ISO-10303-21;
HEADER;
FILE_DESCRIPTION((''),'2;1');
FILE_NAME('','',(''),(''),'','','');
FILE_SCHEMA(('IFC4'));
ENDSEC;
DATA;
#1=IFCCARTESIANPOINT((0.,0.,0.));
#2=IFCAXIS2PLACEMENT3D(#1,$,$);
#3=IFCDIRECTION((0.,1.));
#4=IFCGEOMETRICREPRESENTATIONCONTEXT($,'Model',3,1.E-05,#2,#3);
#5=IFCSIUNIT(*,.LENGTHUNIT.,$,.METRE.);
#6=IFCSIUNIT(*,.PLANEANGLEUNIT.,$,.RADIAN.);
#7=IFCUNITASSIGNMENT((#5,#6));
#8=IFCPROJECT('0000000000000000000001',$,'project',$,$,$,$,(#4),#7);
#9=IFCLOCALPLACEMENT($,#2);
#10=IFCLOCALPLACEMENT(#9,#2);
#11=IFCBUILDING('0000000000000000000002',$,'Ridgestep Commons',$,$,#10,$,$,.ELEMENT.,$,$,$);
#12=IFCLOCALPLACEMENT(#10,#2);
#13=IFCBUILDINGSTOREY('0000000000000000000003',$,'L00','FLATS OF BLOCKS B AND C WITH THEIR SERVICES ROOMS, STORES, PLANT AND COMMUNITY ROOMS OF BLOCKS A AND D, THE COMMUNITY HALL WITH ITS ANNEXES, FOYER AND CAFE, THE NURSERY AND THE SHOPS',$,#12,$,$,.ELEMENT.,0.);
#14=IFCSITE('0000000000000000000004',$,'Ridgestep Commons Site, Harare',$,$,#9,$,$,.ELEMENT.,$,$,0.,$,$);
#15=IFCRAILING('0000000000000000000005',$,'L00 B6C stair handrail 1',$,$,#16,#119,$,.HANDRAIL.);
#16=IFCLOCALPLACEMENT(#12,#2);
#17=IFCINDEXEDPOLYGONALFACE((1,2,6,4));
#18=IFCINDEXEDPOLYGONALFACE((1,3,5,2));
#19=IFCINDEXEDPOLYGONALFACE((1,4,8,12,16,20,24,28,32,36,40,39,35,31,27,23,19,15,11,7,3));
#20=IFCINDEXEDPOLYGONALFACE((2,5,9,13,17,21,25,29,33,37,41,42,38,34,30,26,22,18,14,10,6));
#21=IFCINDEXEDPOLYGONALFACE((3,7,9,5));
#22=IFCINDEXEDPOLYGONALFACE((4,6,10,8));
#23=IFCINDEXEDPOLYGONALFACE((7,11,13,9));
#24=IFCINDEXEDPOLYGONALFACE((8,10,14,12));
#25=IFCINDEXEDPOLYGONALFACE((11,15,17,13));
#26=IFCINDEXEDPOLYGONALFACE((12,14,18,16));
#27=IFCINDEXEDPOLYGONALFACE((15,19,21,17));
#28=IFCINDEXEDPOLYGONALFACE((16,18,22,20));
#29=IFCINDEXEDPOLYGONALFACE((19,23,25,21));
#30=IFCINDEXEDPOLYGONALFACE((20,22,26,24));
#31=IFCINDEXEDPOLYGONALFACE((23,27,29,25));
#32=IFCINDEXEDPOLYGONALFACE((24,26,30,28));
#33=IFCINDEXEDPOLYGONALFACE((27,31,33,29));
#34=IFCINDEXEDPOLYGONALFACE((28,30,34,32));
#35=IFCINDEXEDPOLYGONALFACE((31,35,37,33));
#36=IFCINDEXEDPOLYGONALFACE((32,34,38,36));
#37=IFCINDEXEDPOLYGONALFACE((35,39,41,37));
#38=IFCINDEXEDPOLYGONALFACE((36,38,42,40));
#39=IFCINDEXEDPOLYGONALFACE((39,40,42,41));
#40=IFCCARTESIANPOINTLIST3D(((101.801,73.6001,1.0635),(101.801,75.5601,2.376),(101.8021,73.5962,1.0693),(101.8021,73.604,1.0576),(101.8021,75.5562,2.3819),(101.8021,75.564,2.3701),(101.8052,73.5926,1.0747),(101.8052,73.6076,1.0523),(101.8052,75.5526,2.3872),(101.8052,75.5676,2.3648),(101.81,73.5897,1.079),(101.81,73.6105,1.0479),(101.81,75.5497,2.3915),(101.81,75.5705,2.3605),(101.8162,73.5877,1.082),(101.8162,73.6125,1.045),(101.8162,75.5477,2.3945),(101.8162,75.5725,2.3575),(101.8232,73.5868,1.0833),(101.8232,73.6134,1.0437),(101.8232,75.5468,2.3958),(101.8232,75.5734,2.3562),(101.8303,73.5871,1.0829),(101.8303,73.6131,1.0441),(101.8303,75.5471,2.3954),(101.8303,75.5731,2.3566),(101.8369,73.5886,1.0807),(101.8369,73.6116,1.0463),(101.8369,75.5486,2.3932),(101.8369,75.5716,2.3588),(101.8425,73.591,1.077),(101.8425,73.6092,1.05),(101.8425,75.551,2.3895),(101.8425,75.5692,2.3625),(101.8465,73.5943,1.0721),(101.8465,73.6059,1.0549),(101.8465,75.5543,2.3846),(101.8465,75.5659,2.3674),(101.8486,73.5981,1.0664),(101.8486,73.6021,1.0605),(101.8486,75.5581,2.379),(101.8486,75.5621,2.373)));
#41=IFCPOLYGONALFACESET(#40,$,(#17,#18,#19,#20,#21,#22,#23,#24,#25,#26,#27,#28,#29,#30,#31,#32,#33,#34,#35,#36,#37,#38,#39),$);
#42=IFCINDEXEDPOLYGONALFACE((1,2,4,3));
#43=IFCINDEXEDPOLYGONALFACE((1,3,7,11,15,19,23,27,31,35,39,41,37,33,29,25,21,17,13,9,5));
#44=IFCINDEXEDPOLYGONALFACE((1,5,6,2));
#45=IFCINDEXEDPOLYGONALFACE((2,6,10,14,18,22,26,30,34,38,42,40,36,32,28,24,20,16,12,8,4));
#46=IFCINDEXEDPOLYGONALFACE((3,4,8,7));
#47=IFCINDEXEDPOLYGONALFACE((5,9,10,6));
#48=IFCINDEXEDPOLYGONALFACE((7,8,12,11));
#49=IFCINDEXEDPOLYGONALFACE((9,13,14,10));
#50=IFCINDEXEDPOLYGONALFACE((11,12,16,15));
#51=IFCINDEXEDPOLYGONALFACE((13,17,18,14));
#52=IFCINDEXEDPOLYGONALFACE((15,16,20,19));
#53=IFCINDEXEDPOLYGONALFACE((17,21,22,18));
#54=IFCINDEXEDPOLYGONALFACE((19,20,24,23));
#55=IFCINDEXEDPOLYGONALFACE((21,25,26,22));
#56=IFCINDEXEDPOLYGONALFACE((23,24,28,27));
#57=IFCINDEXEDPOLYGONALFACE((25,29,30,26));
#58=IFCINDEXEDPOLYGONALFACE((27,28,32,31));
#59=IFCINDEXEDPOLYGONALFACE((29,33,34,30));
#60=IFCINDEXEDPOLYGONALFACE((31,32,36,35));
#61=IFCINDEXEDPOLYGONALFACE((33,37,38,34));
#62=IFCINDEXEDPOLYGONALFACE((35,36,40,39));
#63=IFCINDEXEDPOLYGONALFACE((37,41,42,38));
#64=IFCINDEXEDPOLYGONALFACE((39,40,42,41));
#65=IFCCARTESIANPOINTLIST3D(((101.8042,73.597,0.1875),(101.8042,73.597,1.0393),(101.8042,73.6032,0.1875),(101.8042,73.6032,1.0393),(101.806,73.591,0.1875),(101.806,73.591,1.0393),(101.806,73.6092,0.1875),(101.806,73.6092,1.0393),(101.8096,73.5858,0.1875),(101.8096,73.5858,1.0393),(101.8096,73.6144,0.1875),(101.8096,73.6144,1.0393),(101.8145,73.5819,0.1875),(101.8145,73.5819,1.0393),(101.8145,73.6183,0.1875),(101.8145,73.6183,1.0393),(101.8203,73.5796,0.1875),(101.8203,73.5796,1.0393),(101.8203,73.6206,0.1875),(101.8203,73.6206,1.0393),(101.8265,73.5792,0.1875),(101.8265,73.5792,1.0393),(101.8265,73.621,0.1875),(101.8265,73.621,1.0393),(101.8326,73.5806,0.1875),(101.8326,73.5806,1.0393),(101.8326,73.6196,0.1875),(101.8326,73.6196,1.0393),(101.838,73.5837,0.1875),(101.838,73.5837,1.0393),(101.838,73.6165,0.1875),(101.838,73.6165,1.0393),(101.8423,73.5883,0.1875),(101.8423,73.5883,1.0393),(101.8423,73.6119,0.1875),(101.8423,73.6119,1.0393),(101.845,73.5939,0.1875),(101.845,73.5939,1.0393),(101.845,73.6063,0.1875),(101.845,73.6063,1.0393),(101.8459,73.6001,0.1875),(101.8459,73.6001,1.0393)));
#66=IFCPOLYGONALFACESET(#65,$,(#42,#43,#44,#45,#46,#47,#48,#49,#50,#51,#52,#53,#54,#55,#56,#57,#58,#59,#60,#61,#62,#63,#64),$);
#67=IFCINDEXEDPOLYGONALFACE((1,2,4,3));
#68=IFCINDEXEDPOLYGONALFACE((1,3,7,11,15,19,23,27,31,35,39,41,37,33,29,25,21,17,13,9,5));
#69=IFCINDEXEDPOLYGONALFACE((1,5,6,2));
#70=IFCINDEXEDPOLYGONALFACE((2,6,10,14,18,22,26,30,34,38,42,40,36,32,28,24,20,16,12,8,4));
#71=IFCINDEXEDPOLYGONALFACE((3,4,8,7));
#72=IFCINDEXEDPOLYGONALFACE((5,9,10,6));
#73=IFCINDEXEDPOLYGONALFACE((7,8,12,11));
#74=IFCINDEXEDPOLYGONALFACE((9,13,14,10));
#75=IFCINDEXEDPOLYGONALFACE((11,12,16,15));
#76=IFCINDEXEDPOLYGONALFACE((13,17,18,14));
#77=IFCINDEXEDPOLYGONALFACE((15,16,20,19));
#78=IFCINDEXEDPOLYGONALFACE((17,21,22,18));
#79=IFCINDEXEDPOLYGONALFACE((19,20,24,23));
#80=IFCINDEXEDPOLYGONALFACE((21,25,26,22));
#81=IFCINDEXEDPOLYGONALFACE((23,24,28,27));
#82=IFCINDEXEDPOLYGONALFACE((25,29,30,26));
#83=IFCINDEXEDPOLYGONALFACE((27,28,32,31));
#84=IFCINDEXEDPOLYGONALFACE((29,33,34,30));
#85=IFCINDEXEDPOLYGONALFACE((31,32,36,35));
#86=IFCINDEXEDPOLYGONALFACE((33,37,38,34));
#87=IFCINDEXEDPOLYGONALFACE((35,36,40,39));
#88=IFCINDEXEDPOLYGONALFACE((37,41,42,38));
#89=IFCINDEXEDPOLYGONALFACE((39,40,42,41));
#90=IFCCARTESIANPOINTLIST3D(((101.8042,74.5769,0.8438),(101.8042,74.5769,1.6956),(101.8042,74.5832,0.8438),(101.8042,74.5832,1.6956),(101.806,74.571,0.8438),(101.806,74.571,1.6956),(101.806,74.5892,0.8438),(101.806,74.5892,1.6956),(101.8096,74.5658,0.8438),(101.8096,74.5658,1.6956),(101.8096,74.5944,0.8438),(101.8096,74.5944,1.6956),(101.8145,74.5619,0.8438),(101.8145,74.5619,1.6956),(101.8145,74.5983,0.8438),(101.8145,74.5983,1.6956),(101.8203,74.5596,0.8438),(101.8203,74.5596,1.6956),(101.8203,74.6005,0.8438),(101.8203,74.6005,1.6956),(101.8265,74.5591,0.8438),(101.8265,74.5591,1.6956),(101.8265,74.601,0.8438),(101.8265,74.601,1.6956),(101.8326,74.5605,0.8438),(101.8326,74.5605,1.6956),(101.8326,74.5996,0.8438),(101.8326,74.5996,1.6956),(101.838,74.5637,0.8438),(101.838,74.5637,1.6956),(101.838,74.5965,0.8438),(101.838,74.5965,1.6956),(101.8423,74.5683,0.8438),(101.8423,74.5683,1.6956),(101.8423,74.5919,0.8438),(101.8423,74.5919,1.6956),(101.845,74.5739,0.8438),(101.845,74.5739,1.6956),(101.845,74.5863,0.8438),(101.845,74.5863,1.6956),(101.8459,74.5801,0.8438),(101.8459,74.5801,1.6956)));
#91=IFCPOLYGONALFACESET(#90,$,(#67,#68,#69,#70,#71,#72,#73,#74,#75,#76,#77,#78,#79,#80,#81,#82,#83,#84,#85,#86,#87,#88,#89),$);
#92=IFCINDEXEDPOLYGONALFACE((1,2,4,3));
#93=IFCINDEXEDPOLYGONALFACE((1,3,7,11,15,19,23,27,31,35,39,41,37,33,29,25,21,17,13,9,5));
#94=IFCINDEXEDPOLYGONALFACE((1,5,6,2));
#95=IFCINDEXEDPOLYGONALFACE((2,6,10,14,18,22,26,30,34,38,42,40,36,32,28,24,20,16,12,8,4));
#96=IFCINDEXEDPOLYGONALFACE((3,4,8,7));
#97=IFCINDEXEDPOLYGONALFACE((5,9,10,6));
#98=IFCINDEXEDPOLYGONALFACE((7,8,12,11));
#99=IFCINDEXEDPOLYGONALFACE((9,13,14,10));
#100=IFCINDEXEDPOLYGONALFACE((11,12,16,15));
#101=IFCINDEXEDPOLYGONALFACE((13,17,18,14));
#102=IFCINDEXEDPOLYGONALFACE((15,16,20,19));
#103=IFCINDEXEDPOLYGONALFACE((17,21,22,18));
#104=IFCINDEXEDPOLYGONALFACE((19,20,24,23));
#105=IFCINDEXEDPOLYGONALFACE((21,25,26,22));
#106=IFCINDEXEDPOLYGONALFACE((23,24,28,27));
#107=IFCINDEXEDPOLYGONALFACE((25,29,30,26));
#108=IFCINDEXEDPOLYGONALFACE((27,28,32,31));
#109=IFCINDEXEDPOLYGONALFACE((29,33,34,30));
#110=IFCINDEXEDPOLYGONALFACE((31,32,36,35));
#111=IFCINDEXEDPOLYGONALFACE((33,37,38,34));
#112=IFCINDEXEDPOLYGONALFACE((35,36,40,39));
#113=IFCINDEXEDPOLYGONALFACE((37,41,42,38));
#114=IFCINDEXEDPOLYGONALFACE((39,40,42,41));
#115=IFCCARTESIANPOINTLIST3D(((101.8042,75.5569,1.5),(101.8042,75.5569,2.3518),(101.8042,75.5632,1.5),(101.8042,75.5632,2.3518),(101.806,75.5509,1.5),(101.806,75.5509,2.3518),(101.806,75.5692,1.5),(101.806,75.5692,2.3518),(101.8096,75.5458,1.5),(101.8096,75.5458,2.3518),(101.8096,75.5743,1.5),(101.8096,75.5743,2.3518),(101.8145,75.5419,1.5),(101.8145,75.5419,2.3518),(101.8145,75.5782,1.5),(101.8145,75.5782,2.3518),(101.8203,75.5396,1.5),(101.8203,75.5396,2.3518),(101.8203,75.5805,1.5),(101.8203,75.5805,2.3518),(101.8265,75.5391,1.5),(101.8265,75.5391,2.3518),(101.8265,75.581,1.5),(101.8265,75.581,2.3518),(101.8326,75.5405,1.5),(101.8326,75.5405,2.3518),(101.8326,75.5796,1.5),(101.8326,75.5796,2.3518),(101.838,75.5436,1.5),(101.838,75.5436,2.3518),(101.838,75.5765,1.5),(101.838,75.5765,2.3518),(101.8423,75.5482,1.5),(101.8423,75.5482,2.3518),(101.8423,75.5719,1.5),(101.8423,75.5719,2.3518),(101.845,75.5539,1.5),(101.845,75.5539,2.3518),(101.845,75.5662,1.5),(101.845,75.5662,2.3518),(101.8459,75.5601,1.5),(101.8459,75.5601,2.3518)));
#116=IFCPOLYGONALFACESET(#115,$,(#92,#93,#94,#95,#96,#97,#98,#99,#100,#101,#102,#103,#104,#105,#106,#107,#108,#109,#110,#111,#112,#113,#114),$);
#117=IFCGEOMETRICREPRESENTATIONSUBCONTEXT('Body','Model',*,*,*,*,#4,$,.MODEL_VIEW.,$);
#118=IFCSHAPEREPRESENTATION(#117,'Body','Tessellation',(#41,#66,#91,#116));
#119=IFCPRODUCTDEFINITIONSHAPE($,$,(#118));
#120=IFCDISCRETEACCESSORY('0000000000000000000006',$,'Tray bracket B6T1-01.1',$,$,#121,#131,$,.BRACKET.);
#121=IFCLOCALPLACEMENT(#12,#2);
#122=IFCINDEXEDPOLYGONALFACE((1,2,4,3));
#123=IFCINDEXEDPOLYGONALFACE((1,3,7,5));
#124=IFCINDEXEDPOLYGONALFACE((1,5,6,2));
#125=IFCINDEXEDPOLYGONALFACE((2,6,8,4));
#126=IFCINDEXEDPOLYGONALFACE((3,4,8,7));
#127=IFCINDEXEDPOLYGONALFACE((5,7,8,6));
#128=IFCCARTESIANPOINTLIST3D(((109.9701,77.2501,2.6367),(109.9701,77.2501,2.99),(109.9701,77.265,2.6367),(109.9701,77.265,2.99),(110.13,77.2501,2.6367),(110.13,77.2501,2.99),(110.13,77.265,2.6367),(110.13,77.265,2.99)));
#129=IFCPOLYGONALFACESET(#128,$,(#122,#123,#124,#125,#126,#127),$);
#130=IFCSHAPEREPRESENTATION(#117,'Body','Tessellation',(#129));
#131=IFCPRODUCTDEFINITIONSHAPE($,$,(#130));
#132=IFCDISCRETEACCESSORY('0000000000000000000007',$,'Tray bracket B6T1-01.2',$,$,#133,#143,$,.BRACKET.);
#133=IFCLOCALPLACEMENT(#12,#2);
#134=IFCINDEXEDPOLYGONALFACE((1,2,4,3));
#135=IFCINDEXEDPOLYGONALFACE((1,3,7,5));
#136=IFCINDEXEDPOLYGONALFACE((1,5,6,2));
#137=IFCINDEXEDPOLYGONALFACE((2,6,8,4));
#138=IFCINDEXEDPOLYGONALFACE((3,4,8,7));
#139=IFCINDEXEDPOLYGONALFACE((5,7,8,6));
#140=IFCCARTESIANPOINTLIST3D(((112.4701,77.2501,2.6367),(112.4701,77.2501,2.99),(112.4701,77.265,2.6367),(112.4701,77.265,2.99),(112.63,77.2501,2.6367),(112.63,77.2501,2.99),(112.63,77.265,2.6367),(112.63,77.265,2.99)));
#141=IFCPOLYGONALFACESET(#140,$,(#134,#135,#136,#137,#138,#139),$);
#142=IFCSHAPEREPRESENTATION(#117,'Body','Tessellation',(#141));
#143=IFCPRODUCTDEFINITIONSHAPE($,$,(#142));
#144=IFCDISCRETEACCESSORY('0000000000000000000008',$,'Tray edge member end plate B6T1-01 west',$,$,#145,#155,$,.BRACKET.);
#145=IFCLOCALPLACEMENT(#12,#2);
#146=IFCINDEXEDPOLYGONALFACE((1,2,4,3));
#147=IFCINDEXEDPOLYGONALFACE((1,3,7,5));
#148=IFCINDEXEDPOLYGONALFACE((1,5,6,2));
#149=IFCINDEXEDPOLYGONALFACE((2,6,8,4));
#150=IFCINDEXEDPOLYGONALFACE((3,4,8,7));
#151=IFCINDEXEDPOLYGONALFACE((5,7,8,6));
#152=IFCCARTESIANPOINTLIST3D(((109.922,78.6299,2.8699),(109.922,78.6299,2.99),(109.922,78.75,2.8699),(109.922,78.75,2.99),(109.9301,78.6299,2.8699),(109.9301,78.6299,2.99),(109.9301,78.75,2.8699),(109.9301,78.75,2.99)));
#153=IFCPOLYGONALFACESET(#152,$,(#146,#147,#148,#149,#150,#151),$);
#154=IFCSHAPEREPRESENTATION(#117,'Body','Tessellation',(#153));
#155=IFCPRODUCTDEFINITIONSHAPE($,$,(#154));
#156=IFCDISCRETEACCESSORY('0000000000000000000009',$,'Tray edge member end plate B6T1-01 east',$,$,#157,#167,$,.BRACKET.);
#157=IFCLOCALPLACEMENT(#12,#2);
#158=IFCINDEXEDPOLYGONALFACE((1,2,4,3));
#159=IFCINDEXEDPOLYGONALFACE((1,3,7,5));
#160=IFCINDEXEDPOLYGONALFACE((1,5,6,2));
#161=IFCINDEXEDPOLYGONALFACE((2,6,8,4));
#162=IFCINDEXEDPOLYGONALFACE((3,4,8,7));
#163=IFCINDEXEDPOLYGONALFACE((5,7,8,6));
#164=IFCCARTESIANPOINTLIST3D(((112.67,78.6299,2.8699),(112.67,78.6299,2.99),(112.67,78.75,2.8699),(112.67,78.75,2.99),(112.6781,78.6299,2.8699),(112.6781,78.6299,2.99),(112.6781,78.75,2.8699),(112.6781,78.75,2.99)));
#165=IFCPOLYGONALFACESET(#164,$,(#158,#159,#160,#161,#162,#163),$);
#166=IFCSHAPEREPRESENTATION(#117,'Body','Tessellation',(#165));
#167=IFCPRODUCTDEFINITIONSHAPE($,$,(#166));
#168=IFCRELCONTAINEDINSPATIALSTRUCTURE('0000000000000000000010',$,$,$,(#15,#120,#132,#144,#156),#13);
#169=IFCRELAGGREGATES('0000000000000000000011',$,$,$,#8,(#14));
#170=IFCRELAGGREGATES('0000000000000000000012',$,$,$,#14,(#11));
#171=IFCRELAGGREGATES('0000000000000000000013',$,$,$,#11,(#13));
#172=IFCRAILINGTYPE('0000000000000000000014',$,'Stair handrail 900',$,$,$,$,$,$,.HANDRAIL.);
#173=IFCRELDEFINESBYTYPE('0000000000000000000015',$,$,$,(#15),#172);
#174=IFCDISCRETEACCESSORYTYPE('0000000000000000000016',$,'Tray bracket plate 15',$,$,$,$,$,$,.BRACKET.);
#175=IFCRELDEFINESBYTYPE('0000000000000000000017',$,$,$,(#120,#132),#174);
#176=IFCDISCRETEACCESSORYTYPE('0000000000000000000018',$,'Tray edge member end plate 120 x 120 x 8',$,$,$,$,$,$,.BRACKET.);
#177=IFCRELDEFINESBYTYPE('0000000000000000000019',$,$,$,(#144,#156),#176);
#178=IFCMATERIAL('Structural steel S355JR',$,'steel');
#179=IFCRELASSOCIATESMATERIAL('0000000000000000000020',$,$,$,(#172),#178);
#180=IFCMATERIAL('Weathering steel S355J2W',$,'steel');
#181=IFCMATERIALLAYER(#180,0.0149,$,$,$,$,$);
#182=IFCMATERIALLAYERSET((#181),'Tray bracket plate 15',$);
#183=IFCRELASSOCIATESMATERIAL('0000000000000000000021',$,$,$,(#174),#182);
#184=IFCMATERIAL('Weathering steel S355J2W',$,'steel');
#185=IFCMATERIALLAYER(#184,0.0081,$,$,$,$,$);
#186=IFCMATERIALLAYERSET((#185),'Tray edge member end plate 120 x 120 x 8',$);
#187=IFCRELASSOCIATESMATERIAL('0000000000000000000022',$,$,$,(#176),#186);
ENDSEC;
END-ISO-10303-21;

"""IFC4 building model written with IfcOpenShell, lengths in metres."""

from ifc_helpers import new_model, si_unit, direction, frame, origin, origin_2d, place, context, subcontext, project, spatial, rectangle, circle, extrude, material, layer, layer_set, type_object, element, save


model = new_model("IFC4")

# Units and contexts
model_context = context("Model", 3, precision=1e-05, world=origin(), true_north=direction((0.0, 1.0)))
body_context = subcontext(model_context, "Body", "Model", "MODEL_VIEW")
ifc_project = project(units=[si_unit("LENGTHUNIT", "METRE"), si_unit("PLANEANGLEUNIT", "RADIAN")], contexts=[model_context])

# Site, building, storey
site_placement = place(None, origin())
site = spatial("IfcSite", under=ifc_project, at=site_placement, Name="Ridgestep Commons Site, Harare", CompositionType="ELEMENT", RefElevation=0.0)
building_placement = place(site_placement, origin())
building = spatial("IfcBuilding", under=site, at=building_placement, Name="Ridgestep Commons", CompositionType="ELEMENT")
storey_placement = place(building_placement, origin())
storey = spatial("IfcBuildingStorey", under=building, at=storey_placement, Name="L00", Description="FLATS OF BLOCKS B AND C WITH THEIR SERVICES ROOMS, STORES, PLANT AND COMMUNITY ROOMS OF BLOCKS A AND D, THE COMMUNITY HALL WITH ITS ANNEXES, FOYER AND CAFE, THE NURSERY AND THE SHOPS", CompositionType="ELEMENT", Elevation=0.0)

# Railing
ifc_material_1 = material(Name="Structural steel S355JR", Category="steel")
railing_type = type_object("IfcRailingType", Name="Stair handrail 900", PredefinedType="HANDRAIL", material=ifc_material_1)
railing_placement = place(storey_placement, frame((101.825, 73.6001, 0.1875)))
element("IfcRailing", 1, at=railing_placement, inside=storey, type_object=railing_type, Name="L00 B6C stair handrail 1", PredefinedType="HANDRAIL", context=body_context, shape_type="SweptSolid", body=[
    extrude(circle(Radius=0.0239, at=origin_2d()), frame((0.0, 0.0, 0.876), z_axis=(0.0, 0.830902, 0.556419), x_axis=(-1.0, 0.0, 0.0)), (0.0, 0.0, 1.0), 2.3589),
    extrude(circle(Radius=0.021, at=origin_2d()), origin(), (0.0, 0.0, 1.0), 0.8518),
    extrude(circle(Radius=0.021, at=origin_2d()), frame((0.0, 0.98, 0.6562)), (0.0, 0.0, 1.0), 0.8518),
    extrude(circle(Radius=0.021, at=origin_2d()), frame((0.0, 1.96, 1.3125)), (0.0, 0.0, 1.0), 0.8518),
])

# Discrete accessories
ifc_material_2 = material(Name="Weathering steel S355J2W", Category="steel")
ifc_layer_1 = layer(ifc_material_2, 0.0149)
ifc_layer_set_1 = layer_set([ifc_layer_1], Name="Tray bracket plate 15")
discrete_accessory_type_1 = type_object("IfcDiscreteAccessoryType", Name="Tray bracket plate 15", PredefinedType="BRACKET", material=ifc_layer_set_1)
for number, where, z_axis, x_axis, name in (
    (2, (110.05, 77.2576, 2.6367), (0.0, 0.0, 1.0), (1.0, 0.0, 0.0), "Tray bracket B6T1-01.1"),
    (3, (112.55, 77.2576, 2.6367), (0.0, 0.0, 1.0), (1.0, 0.0, 0.0), "Tray bracket B6T1-01.2"),
):
    element("IfcDiscreteAccessory", number, at=place(storey_placement, frame(where, z_axis=z_axis, x_axis=x_axis)), inside=storey, type_object=discrete_accessory_type_1, Name=name, PredefinedType="BRACKET", context=body_context, shape_type="SweptSolid", body=[
        extrude(rectangle(XDim=0.1599, YDim=0.0149, at=origin_2d()), origin(), (0.0, 0.0, 1.0), 0.3533),
    ])
ifc_material_3 = material(Name="Weathering steel S355J2W", Category="steel")
ifc_layer_2 = layer(ifc_material_3, 0.0081)
ifc_layer_set_2 = layer_set([ifc_layer_2], Name="Tray edge member end plate 120 x 120 x 8")
discrete_accessory_type_2 = type_object("IfcDiscreteAccessoryType", Name="Tray edge member end plate 120 x 120 x 8", PredefinedType="BRACKET", material=ifc_layer_set_2)
for number, where, z_axis, x_axis, name in (
    (4, (109.926, 78.6899, 2.8699), (0.0, 0.0, 1.0), (1.0, 0.0, 0.0), "Tray edge member end plate B6T1-01 west"),
    (5, (112.6741, 78.6899, 2.8699), (0.0, 0.0, 1.0), (1.0, 0.0, 0.0), "Tray edge member end plate B6T1-01 east"),
):
    element("IfcDiscreteAccessory", number, at=place(storey_placement, frame(where, z_axis=z_axis, x_axis=x_axis)), inside=storey, type_object=discrete_accessory_type_2, Name=name, PredefinedType="BRACKET", context=body_context, shape_type="SweptSolid", body=[
        extrude(rectangle(XDim=0.0081, YDim=0.1201, at=origin_2d()), origin(), (0.0, 0.0, 1.0), 0.1201),
    ])

save(model, "model.ifc")
